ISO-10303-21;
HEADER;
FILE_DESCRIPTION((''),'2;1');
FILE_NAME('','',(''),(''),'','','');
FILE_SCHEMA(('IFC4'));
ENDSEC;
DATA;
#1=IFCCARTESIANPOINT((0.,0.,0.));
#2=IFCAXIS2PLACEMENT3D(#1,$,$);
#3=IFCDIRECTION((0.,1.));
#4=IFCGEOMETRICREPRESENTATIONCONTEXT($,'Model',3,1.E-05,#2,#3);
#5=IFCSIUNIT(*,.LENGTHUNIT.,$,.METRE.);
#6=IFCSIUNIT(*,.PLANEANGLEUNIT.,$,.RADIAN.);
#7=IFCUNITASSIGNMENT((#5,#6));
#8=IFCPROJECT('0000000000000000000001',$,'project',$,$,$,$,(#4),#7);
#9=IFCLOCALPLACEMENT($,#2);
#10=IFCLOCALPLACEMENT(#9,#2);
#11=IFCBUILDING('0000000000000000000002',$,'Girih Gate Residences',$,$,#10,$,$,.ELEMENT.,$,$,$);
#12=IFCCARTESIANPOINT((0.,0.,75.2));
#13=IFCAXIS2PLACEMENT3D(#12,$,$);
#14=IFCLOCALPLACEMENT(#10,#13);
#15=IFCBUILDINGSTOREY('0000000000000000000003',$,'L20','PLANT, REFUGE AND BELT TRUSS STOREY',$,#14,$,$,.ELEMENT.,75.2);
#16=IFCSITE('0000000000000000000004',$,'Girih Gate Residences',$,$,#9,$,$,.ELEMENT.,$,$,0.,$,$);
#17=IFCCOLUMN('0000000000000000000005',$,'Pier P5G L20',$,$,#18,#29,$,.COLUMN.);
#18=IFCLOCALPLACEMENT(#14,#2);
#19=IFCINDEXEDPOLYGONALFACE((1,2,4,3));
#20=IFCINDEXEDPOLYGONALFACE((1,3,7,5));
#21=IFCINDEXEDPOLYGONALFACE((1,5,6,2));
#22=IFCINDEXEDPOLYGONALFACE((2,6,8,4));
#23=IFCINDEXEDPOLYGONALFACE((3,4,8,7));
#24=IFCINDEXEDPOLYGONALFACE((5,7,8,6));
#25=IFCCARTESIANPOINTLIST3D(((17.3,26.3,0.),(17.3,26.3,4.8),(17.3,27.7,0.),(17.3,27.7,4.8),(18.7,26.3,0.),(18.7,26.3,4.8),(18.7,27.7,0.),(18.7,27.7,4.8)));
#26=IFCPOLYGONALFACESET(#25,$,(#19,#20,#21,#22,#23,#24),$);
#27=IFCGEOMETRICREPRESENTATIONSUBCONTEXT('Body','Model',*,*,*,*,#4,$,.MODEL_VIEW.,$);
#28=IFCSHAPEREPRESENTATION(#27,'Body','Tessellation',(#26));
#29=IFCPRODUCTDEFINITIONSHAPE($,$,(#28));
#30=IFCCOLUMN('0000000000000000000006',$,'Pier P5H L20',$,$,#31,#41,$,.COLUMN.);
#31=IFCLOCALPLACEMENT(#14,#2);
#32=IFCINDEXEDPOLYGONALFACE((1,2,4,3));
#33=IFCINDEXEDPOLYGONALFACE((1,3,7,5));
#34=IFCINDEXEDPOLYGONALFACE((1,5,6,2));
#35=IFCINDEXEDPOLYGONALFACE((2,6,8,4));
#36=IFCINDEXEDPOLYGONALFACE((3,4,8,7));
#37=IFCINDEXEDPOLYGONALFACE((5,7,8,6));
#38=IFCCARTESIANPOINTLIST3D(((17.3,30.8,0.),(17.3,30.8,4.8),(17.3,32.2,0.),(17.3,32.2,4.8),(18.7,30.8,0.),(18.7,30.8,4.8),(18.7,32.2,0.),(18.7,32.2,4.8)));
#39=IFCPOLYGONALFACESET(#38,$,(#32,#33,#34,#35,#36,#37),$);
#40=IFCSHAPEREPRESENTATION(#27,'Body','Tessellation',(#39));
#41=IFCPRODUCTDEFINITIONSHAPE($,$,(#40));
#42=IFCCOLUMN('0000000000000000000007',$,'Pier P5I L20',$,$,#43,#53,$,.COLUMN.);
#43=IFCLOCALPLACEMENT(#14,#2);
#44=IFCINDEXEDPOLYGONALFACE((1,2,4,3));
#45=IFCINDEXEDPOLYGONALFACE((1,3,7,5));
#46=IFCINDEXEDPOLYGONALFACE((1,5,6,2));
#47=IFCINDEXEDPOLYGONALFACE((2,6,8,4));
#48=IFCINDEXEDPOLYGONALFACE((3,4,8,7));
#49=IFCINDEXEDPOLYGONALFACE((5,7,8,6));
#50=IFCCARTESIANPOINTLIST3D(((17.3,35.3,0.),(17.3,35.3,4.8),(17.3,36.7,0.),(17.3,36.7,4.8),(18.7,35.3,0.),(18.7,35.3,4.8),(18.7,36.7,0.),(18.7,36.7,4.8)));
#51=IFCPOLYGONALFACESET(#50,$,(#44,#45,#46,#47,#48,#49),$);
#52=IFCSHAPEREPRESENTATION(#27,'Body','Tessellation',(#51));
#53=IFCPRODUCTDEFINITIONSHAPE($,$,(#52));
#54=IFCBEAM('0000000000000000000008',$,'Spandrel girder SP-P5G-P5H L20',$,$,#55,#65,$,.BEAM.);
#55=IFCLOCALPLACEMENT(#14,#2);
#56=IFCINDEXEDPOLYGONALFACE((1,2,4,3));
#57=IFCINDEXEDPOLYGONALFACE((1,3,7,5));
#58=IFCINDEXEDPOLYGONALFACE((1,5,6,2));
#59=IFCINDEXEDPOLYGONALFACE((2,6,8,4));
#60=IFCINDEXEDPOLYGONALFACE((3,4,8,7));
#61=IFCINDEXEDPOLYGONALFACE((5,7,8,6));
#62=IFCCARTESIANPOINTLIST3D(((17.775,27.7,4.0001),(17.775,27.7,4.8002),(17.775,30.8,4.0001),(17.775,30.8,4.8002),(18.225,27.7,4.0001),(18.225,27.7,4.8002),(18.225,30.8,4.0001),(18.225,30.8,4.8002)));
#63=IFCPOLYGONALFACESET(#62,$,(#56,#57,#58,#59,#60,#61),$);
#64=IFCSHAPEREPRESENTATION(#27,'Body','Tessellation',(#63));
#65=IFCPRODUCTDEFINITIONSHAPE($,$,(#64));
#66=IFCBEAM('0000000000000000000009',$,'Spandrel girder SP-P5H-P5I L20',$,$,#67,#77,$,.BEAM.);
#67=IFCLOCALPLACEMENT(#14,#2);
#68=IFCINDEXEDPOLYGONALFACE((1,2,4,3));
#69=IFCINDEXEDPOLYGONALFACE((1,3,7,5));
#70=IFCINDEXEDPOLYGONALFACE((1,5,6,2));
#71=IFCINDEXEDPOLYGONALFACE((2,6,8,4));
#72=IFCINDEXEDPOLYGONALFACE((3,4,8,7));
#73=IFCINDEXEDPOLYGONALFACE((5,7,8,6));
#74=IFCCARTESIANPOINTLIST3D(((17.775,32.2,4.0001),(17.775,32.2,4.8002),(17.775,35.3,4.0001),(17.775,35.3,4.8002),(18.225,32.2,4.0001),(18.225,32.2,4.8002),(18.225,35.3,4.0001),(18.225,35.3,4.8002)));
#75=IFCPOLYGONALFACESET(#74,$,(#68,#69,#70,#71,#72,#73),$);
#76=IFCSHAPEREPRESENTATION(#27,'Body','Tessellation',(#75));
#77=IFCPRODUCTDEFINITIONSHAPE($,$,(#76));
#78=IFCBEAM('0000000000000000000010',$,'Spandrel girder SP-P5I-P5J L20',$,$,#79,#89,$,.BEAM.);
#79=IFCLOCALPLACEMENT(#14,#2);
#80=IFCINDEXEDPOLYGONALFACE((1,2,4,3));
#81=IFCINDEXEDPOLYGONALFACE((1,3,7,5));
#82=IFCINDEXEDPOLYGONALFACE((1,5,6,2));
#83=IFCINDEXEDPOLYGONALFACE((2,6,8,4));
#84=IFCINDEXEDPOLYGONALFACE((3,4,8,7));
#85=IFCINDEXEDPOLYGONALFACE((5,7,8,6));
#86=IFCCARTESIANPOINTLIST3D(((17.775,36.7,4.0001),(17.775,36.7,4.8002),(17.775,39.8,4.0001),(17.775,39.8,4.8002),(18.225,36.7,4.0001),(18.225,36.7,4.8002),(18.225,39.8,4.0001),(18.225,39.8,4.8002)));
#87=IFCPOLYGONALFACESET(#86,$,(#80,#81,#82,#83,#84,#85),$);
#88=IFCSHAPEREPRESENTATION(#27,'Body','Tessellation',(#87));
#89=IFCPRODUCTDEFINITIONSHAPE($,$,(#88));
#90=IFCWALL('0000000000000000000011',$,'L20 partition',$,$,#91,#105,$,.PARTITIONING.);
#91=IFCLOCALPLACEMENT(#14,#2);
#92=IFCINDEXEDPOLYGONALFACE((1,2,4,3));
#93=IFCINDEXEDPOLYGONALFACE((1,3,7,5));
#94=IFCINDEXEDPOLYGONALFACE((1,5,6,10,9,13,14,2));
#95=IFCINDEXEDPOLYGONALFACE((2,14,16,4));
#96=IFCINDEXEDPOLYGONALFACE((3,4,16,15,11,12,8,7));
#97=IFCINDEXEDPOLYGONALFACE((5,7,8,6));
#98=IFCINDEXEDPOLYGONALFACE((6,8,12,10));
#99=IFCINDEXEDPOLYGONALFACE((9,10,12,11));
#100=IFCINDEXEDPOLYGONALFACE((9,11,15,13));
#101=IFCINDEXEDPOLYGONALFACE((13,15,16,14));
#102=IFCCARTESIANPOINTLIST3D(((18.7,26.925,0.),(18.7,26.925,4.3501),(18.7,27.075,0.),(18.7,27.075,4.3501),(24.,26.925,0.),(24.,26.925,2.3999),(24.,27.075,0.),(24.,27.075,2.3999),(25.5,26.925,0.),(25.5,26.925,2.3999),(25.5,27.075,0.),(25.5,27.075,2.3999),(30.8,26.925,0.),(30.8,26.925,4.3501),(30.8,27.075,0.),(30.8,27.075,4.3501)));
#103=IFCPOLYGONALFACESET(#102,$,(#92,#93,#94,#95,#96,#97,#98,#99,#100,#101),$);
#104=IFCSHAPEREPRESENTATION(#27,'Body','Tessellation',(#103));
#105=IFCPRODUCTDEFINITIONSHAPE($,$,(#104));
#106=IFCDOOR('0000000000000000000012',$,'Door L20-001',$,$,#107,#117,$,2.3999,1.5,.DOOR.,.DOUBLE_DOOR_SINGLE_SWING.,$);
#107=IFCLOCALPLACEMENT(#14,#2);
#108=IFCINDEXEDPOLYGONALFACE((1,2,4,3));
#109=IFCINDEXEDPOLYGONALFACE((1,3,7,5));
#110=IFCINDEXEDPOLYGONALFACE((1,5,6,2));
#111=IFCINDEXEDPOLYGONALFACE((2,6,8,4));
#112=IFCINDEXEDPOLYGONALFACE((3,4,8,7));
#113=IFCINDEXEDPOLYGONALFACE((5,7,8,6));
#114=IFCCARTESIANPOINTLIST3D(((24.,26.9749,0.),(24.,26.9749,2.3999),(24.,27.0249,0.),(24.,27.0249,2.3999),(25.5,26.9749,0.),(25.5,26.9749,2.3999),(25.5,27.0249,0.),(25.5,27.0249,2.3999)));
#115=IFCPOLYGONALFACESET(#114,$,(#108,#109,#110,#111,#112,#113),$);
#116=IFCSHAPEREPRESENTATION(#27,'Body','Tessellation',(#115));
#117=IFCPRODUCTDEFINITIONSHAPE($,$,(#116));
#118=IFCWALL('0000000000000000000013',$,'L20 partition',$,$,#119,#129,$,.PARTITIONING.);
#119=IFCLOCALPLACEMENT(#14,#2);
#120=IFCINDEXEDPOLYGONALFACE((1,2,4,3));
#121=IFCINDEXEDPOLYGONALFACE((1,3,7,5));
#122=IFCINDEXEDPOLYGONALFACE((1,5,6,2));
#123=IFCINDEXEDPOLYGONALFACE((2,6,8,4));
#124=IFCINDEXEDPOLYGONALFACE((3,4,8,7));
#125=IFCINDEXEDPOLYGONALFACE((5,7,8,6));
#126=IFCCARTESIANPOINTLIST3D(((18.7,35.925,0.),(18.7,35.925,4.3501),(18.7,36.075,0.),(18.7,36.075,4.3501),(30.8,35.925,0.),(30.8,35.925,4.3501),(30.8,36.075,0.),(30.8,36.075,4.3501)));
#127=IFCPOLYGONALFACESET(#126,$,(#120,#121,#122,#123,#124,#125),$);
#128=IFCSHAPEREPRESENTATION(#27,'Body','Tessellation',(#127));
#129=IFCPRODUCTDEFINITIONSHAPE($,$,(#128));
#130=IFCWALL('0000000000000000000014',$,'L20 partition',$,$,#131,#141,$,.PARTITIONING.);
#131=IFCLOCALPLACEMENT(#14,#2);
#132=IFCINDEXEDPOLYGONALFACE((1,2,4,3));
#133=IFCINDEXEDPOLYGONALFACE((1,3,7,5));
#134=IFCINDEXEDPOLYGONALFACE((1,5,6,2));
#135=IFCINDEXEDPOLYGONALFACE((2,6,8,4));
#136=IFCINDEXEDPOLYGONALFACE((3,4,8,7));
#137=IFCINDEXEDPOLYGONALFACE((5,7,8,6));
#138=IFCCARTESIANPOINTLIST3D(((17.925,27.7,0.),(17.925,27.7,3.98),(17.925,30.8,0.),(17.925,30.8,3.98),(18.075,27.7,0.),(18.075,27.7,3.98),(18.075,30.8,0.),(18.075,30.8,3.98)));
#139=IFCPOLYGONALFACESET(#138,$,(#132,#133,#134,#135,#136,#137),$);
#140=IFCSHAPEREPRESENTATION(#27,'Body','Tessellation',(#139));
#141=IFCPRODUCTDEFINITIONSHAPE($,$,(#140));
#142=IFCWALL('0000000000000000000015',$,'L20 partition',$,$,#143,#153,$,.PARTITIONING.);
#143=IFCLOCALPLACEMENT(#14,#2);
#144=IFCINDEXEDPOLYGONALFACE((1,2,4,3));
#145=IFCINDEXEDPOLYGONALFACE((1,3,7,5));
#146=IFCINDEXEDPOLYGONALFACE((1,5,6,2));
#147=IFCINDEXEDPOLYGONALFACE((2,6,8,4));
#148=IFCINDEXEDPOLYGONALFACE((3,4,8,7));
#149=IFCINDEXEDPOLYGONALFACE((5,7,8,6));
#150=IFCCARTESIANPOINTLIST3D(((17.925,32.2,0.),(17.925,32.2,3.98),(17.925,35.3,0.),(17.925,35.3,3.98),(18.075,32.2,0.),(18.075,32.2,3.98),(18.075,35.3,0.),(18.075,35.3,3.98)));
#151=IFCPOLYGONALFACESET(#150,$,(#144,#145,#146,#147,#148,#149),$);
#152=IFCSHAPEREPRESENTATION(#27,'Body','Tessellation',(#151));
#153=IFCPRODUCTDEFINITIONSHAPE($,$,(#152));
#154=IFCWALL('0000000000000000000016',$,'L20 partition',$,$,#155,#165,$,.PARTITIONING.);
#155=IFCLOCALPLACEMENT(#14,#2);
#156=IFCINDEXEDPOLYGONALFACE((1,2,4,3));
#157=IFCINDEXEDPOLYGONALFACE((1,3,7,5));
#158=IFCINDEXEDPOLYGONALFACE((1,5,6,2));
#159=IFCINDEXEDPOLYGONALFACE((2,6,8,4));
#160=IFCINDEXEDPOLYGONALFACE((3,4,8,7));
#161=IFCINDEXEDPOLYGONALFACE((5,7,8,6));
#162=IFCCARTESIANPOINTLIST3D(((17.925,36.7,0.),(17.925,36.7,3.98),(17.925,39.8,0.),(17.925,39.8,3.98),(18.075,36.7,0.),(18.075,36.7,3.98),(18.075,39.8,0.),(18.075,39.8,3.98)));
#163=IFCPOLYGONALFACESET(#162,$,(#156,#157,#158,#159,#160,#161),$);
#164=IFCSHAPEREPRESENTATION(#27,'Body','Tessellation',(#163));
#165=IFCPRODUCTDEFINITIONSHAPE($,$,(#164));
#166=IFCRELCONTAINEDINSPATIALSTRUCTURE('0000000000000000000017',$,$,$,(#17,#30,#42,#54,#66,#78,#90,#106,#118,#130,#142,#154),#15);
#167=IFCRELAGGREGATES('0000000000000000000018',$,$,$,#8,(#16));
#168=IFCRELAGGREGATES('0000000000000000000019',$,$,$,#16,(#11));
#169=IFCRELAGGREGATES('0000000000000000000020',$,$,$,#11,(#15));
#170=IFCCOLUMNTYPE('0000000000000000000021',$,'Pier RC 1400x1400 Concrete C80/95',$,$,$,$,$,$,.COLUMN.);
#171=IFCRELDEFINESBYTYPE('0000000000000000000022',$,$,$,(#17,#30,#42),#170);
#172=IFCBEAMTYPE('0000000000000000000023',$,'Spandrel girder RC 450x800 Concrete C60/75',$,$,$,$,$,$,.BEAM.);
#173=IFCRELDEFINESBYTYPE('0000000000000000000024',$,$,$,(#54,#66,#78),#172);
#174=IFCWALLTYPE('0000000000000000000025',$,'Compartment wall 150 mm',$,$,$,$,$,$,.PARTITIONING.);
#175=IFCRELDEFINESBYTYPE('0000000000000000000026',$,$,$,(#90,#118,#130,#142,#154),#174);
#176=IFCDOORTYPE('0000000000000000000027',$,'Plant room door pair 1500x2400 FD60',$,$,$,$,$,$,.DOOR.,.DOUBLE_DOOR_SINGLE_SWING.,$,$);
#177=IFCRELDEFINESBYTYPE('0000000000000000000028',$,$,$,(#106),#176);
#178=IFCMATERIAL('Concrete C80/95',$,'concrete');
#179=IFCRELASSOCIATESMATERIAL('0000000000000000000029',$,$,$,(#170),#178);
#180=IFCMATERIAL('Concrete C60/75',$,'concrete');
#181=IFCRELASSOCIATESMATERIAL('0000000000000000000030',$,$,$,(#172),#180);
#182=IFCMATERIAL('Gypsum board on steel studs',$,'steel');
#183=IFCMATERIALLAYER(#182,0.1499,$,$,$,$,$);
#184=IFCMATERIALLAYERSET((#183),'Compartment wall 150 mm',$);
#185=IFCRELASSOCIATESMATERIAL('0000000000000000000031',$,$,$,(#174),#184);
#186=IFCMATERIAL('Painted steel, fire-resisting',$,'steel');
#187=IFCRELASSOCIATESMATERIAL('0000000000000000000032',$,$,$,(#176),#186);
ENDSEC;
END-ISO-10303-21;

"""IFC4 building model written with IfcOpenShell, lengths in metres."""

from ifc_helpers import new_model, si_unit, direction, frame, frame_2d, origin, origin_2d, place, context, subcontext, project, spatial, rectangle, extrude, material, layer, layer_set, material_profile, profile_set, type_object, element, fill, save


model = new_model("IFC4")

# Units and contexts
model_context = context("Model", 3, precision=1e-05, world=origin(), true_north=direction((0.0, 1.0)))
body_context = subcontext(model_context, "Body", "Model", "MODEL_VIEW")
ifc_project = project(units=[si_unit("LENGTHUNIT", "METRE"), si_unit("PLANEANGLEUNIT", "RADIAN")], contexts=[model_context])

# Site, building, storey
site_placement = place(None, origin())
site = spatial("IfcSite", under=ifc_project, at=site_placement, Name="Girih Gate Residences", CompositionType="ELEMENT", RefElevation=0.0)
building_placement = place(site_placement, origin())
building = spatial("IfcBuilding", under=site, at=building_placement, Name="Girih Gate Residences", CompositionType="ELEMENT")
storey_placement = place(building_placement, frame((0.0, 0.0, 75.2)))
storey = spatial("IfcBuildingStorey", under=building, at=storey_placement, Name="L20", Description="PLANT, REFUGE AND BELT TRUSS STOREY", CompositionType="ELEMENT", Elevation=75.2)

# Columns
ifc_material_1 = material(Name="Concrete C80/95", Category="concrete")
ifc_material_profile_1 = material_profile(ifc_material_1, rectangle(XDim=1.3999, YDim=1.3999, at=origin_2d()))
ifc_profile_set_1 = profile_set([ifc_material_profile_1], Name="Concrete C80/95")
column_type = type_object("IfcColumnType", Name="Pier RC 1400x1400 Concrete C80/95", PredefinedType="COLUMN", material=ifc_profile_set_1)
for number, where, z_axis, x_axis, name in (
    (1, (18.0, 27.0, 0.0), (0.0, 0.0, 1.0), (1.0, 0.0, 0.0), "Pier P5G L20"),
    (2, (18.0, 31.5, 0.0), (0.0, 0.0, 1.0), (1.0, 0.0, 0.0), "Pier P5H L20"),
    (3, (18.0, 36.0, 0.0), (0.0, 0.0, 1.0), (1.0, 0.0, 0.0), "Pier P5I L20"),
):
    element("IfcColumn", number, at=place(storey_placement, frame(where, z_axis=z_axis, x_axis=x_axis)), inside=storey, type_object=column_type, Name=name, PredefinedType="COLUMN", context=body_context, shape_type="SweptSolid", body=[
        extrude(rectangle(XDim=1.3999, YDim=1.3999, at=origin_2d()), origin(), (0.0, 0.0, 1.0), 4.8),
    ])

# Beams
ifc_material_2 = material(Name="Concrete C60/75", Category="concrete")
ifc_material_profile_2 = material_profile(ifc_material_2, rectangle(XDim=0.45, YDim=0.8, at=origin_2d()))
ifc_profile_set_2 = profile_set([ifc_material_profile_2], Name="Concrete C60/75")
beam_type = type_object("IfcBeamType", Name="Spandrel girder RC 450x800 Concrete C60/75", PredefinedType="BEAM", material=ifc_profile_set_2)
for number, where, z_axis, x_axis, name in (
    (4, (18.0, 27.7, 4.4001), (0.0, 1.0, 0.0), (-1.0, 0.0, 0.0), "Spandrel girder SP-P5G-P5H L20"),
    (5, (18.0, 32.2, 4.4001), (0.0, 1.0, 0.0), (-1.0, 0.0, 0.0), "Spandrel girder SP-P5H-P5I L20"),
    (6, (18.0, 36.7, 4.4001), (0.0, 1.0, 0.0), (-1.0, 0.0, 0.0), "Spandrel girder SP-P5I-P5J L20"),
):
    element("IfcBeam", number, at=place(storey_placement, frame(where, z_axis=z_axis, x_axis=x_axis)), inside=storey, type_object=beam_type, Name=name, PredefinedType="BEAM", context=body_context, shape_type="SweptSolid", body=[
        extrude(rectangle(XDim=0.45, YDim=0.8, at=origin_2d()), origin(), (0.0, 0.0, 1.0), 3.1001),
    ])

# Wall, opening, door
ifc_material_3 = material(Name="Gypsum board on steel studs", Category="steel")
ifc_layer_1 = layer(ifc_material_3, 0.1499)
ifc_layer_set_1 = layer_set([ifc_layer_1], Name="Compartment wall 150 mm")
wall_type_1 = type_object("IfcWallType", Name="Compartment wall 150 mm", PredefinedType="PARTITIONING", material=ifc_layer_set_1)
wall_1_placement = place(storey_placement, frame((18.7, 27.0, 0.0), z_axis=(0.0, 0.0, 1.0), x_axis=(1.0, 0.0, 0.0)))
wall_1 = element("IfcWall", 7, at=wall_1_placement, inside=storey, type_object=wall_type_1, Name="L20 partition", PredefinedType="PARTITIONING", context=body_context, shape_type="SweptSolid", body=[
    extrude(rectangle(XDim=12.1001, YDim=0.1499, at=frame_2d((6.05, 0.0))), origin(), (0.0, 0.0, 1.0), 4.3501),
])
opening_1_placement = place(wall_1_placement, frame((5.3, 0.0, 0.0)))
opening_1 = element("IfcOpeningElement", 8, at=opening_1_placement, cuts=wall_1, PredefinedType="OPENING", context=body_context, shape_type="SweptSolid", body=[
    extrude(rectangle(XDim=1.5, YDim=2.3999, at=frame_2d((0.75, 1.2))), frame((0.0, 0.085, 0.0), z_axis=(0.0, -1.0, 0.0), x_axis=(1.0, 0.0, 0.0)), (0.0, 0.0, 1.0), 0.1699),
])
ifc_material_4 = material(Name="Painted steel, fire-resisting", Category="steel")
door_type_1 = type_object("IfcDoorType", Name="Plant room door pair 1500x2400 FD60", OperationType="DOUBLE_DOOR_SINGLE_SWING", PredefinedType="DOOR", material=ifc_material_4)
door_1_placement = place(opening_1_placement, origin())
door_1 = element("IfcDoor", 9, at=door_1_placement, inside=storey, type_object=door_type_1, Name="Door L20-001", OperationType="DOUBLE_DOOR_SINGLE_SWING", OverallHeight=2.3999, OverallWidth=1.5, PredefinedType="DOOR", context=body_context, shape_type="SweptSolid", body=[
    extrude(rectangle(XDim=1.5, YDim=2.3999, at=frame_2d((0.75, 1.2))), frame((0.0, 0.0249, 0.0), z_axis=(0.0, -1.0, 0.0), x_axis=(1.0, 0.0, 0.0)), (0.0, 0.0, 1.0), 0.05),
])
fill(opening_1, door_1)

# Walls
wall_2_placement = place(storey_placement, frame((18.7, 36.0, 0.0), z_axis=(0.0, 0.0, 1.0), x_axis=(1.0, 0.0, 0.0)))
element("IfcWall", 10, at=wall_2_placement, inside=storey, type_object=wall_type_1, Name="L20 partition", PredefinedType="PARTITIONING", context=body_context, shape_type="SweptSolid", body=[
    extrude(rectangle(XDim=12.1001, YDim=0.1499, at=frame_2d((6.05, 0.0))), origin(), (0.0, 0.0, 1.0), 4.3501),
])
for number, where, z_axis, x_axis, name in (
    (11, (18.0, 27.7, 0.0), (0.0, 0.0, 1.0), (0.0, 1.0, 0.0), "L20 partition"),
    (12, (18.0, 32.2, 0.0), (0.0, 0.0, 1.0), (0.0, 1.0, 0.0), "L20 partition"),
    (13, (18.0, 36.7, 0.0), (0.0, 0.0, 1.0), (0.0, 1.0, 0.0), "L20 partition"),
):
    element("IfcWall", number, at=place(storey_placement, frame(where, z_axis=z_axis, x_axis=x_axis)), inside=storey, type_object=wall_type_1, Name=name, PredefinedType="PARTITIONING", context=body_context, shape_type="SweptSolid", body=[
        extrude(rectangle(XDim=3.1001, YDim=0.1499, at=frame_2d((1.55, 0.0))), origin(), (0.0, 0.0, 1.0), 3.98),
    ])

save(model, "model.ifc")
